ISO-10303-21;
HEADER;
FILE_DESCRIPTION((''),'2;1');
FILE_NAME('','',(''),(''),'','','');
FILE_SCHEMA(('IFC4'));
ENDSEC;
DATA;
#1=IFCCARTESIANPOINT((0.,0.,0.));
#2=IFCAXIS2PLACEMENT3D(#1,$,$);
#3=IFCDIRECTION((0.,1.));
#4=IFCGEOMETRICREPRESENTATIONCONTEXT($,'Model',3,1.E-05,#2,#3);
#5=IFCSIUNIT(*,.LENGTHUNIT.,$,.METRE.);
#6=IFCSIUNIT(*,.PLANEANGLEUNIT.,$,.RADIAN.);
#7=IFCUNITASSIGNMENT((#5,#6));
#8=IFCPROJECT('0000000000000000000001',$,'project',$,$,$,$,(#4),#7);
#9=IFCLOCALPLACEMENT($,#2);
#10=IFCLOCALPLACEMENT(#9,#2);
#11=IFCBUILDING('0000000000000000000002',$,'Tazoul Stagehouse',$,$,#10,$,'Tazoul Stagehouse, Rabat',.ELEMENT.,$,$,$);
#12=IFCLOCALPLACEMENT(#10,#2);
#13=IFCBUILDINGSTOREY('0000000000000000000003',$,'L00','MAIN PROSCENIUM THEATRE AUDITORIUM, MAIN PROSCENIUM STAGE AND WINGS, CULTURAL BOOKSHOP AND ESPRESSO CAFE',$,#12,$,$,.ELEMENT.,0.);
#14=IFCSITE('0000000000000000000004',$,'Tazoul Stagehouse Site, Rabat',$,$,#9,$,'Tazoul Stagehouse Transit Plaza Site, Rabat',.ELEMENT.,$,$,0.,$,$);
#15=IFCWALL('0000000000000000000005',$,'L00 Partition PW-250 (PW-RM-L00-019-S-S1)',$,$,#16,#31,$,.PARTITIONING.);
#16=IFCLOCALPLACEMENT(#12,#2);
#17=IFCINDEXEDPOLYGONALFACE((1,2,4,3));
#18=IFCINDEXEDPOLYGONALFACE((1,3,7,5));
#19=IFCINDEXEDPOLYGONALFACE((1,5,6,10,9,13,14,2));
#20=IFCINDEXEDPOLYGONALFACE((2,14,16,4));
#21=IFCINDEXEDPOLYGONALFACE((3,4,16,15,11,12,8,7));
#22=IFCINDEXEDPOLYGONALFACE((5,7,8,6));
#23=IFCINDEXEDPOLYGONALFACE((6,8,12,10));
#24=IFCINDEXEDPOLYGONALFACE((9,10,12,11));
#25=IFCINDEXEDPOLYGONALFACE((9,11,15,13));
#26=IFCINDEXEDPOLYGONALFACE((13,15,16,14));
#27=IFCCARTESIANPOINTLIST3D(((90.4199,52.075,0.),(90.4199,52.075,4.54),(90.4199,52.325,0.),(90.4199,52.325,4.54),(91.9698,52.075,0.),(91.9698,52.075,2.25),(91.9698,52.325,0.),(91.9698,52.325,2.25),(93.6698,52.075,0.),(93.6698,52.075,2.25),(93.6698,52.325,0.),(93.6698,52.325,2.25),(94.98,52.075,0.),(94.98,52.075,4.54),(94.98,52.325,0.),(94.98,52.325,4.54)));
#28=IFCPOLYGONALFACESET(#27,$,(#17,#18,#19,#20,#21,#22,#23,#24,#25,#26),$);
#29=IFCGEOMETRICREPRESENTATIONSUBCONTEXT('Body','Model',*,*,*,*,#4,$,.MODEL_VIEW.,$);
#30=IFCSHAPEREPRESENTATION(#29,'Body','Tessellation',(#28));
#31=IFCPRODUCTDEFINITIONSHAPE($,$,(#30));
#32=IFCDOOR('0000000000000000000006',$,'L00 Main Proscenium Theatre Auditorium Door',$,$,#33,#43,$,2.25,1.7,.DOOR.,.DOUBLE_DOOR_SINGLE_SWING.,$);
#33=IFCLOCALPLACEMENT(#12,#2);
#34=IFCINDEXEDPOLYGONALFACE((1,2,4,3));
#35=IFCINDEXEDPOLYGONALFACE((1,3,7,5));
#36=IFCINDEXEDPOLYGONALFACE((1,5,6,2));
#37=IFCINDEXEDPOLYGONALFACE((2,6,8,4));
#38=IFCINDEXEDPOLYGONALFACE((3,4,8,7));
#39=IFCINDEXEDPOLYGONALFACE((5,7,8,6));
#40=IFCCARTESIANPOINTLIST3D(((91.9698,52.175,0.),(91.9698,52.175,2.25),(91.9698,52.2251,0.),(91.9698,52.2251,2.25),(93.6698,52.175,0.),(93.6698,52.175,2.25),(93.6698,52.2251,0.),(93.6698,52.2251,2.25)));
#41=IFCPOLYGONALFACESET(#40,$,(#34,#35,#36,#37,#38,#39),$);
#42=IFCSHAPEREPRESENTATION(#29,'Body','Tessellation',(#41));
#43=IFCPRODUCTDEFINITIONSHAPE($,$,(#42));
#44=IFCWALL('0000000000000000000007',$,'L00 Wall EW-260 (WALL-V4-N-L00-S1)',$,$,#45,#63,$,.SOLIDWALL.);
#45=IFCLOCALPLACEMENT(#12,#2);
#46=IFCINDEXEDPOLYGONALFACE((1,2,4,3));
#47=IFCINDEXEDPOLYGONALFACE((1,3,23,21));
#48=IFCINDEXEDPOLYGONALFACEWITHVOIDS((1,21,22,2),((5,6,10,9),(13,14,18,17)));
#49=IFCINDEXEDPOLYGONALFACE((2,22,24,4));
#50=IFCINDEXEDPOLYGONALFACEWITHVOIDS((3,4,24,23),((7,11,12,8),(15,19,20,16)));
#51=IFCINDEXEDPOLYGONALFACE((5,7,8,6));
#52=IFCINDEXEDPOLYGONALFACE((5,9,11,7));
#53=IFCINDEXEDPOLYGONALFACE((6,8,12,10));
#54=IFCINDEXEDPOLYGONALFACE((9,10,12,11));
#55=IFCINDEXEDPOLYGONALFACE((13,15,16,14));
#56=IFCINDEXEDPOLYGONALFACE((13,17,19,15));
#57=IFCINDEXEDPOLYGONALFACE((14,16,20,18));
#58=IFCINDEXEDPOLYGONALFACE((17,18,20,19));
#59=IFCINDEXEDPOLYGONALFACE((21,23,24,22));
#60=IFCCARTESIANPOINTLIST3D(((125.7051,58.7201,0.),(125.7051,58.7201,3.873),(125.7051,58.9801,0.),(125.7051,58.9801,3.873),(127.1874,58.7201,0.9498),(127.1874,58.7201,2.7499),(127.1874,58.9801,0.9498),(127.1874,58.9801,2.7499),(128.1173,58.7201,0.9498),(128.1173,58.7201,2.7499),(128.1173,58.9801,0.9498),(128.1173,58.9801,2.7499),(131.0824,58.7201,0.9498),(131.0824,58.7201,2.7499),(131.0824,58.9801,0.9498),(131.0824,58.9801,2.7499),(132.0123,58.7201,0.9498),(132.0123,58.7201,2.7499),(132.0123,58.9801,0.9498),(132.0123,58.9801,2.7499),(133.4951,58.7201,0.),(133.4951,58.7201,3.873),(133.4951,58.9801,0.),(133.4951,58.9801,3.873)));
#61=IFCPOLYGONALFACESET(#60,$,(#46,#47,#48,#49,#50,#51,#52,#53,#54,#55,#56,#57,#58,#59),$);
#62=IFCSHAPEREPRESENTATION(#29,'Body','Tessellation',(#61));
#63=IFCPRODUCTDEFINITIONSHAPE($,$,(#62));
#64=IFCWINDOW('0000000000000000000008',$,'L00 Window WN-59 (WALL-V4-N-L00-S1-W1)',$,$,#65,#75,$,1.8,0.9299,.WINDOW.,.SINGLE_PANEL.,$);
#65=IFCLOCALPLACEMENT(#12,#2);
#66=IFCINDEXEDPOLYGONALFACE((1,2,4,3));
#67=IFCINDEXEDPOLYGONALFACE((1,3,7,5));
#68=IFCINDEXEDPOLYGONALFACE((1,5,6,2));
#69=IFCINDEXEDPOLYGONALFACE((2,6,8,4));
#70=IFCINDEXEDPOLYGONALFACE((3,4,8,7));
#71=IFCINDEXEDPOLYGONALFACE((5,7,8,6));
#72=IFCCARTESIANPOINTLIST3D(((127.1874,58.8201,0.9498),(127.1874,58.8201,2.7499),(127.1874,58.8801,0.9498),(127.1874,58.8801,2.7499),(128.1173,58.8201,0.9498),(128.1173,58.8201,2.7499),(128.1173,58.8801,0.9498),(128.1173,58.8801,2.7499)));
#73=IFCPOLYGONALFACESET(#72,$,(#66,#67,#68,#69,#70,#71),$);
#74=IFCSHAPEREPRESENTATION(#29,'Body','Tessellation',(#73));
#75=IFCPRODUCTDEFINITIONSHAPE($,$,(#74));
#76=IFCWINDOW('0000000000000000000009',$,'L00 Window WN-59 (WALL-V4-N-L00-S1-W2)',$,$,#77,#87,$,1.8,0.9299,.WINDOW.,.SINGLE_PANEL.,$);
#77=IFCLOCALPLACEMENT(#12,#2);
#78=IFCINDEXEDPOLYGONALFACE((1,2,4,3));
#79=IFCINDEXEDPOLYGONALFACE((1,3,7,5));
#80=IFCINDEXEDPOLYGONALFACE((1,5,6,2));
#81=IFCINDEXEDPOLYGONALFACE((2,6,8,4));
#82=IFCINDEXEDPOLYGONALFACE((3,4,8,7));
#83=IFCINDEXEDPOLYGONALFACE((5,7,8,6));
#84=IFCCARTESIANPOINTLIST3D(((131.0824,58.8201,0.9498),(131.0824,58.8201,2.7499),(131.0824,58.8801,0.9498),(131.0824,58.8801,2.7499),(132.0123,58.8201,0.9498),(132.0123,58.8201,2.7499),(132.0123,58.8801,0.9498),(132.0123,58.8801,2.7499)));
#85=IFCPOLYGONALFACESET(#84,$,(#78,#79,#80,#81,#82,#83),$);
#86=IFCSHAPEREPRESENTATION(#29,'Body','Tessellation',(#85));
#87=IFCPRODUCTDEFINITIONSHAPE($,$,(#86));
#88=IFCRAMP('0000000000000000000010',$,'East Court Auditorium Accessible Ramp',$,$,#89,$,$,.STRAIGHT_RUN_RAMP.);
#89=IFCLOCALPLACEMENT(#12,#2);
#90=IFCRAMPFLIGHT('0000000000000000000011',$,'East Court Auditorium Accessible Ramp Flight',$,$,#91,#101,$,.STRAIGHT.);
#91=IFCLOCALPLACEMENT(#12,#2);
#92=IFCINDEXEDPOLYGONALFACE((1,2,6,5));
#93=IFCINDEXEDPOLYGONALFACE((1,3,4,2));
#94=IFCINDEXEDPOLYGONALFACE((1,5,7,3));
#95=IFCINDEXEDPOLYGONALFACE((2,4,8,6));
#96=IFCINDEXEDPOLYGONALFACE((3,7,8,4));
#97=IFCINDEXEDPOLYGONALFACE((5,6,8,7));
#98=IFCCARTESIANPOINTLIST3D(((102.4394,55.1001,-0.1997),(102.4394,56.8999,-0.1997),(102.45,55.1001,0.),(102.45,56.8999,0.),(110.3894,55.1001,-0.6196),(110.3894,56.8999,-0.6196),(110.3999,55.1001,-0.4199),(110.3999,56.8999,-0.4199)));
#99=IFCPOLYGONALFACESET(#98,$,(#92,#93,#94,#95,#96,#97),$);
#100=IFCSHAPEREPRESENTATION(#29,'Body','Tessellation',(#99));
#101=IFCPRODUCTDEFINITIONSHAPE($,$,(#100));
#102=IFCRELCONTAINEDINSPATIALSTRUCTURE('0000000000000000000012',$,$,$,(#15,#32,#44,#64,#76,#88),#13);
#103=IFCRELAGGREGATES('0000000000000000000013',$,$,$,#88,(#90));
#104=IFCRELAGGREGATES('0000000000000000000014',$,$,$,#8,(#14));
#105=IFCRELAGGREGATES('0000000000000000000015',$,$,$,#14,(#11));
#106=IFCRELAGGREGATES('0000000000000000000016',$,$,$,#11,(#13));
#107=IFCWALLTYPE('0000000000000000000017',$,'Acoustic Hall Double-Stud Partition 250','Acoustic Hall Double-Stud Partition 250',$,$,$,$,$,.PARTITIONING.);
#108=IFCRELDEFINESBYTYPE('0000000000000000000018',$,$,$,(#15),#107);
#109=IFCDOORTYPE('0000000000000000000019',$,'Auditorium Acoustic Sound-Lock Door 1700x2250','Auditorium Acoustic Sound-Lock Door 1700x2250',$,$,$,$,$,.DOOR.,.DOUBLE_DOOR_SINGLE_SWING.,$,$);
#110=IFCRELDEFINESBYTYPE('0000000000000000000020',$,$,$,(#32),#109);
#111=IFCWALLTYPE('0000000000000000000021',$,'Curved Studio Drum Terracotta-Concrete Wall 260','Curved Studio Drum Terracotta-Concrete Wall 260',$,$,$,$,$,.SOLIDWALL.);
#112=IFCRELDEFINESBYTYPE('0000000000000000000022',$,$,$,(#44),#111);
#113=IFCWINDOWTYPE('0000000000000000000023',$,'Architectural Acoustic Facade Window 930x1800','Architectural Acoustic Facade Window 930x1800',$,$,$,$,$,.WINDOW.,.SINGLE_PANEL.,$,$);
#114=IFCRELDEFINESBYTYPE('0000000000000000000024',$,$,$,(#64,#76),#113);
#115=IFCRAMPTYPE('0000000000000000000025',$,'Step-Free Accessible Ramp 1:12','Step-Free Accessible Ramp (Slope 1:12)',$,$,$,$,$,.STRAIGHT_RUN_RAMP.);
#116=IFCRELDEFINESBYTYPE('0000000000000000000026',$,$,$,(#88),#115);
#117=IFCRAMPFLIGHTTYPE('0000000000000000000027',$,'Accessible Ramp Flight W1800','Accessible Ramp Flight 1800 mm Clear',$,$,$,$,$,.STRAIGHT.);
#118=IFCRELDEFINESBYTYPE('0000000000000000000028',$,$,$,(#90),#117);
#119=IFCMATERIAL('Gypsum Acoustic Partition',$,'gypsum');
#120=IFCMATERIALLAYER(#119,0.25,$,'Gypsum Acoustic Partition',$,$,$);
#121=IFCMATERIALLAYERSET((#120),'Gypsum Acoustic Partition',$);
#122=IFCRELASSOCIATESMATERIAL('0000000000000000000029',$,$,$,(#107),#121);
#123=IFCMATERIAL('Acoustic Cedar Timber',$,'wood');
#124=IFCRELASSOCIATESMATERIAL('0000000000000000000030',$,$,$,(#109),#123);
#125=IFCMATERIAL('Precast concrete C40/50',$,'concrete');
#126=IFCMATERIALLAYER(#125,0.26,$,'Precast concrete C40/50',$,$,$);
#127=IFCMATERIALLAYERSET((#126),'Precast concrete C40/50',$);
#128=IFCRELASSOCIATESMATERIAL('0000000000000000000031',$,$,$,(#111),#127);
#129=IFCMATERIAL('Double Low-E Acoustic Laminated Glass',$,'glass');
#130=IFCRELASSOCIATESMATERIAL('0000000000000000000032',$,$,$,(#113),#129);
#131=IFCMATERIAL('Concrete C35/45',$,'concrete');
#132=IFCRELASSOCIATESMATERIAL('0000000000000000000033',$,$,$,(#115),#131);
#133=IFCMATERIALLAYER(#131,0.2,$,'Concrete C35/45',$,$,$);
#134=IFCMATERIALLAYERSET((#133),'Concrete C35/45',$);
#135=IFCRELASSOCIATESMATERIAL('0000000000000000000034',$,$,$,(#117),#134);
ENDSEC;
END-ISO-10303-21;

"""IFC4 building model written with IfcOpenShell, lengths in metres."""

from ifc_helpers import new_model, si_unit, direction, frame, frame_2d, origin, place, context, subcontext, project, spatial, polyline, rectangle, outline, extrude, material, layer, layer_set, type_object, element, fill, aggregate, save


model = new_model("IFC4")

# Units and contexts
model_context = context("Model", 3, precision=1e-05, world=origin(), true_north=direction((0.0, 1.0)))
body_context = subcontext(model_context, "Body", "Model", "MODEL_VIEW")
ifc_project = project(units=[si_unit("LENGTHUNIT", "METRE"), si_unit("PLANEANGLEUNIT", "RADIAN")], contexts=[model_context])

# Site, building, storey
site_placement = place(None, origin())
site = spatial("IfcSite", under=ifc_project, at=site_placement, Name="Tazoul Stagehouse Site, Rabat", LongName="Tazoul Stagehouse Transit Plaza Site, Rabat", CompositionType="ELEMENT", RefElevation=0.0)
building_placement = place(site_placement, origin())
building = spatial("IfcBuilding", under=site, at=building_placement, Name="Tazoul Stagehouse", LongName="Tazoul Stagehouse, Rabat", CompositionType="ELEMENT")
storey_placement = place(building_placement, origin())
storey = spatial("IfcBuildingStorey", under=building, at=storey_placement, Name="L00", Description="MAIN PROSCENIUM THEATRE AUDITORIUM, MAIN PROSCENIUM STAGE AND WINGS, CULTURAL BOOKSHOP AND ESPRESSO CAFE", CompositionType="ELEMENT", Elevation=0.0)

# Wall, opening, door
ifc_material_1 = material(Name="Gypsum Acoustic Partition", Category="gypsum")
ifc_layer_1 = layer(ifc_material_1, 0.25, Name="Gypsum Acoustic Partition")
ifc_layer_set_1 = layer_set([ifc_layer_1], Name="Gypsum Acoustic Partition")
wall_type_1 = type_object("IfcWallType", Name="Acoustic Hall Double-Stud Partition 250", Description="Acoustic Hall Double-Stud Partition 250", PredefinedType="PARTITIONING", material=ifc_layer_set_1)
wall_1_placement = place(storey_placement, frame((94.98, 52.2, 0.0), z_axis=(0.0, 0.0, 1.0), x_axis=(-1.0, 0.0, 0.0)))
wall_1 = element("IfcWall", 1, at=wall_1_placement, inside=storey, type_object=wall_type_1, Name="L00 Partition PW-250 (PW-RM-L00-019-S-S1)", PredefinedType="PARTITIONING", context=body_context, shape_type="SweptSolid", body=[
    extrude(rectangle(XDim=4.5601, YDim=0.25, at=frame_2d((2.28, 0.0))), origin(), (0.0, 0.0, 1.0), 4.54),
])
opening_1_placement = place(wall_1_placement, frame((1.3101, 0.0, 0.0)))
opening_1 = element("IfcOpeningElement", 2, at=opening_1_placement, cuts=wall_1, PredefinedType="OPENING", context=body_context, shape_type="SweptSolid", body=[
    extrude(rectangle(XDim=1.7, YDim=2.25, at=frame_2d((0.8501, 1.125))), frame((0.0, 0.145, 0.0), z_axis=(0.0, -1.0, 0.0), x_axis=(1.0, 0.0, 0.0)), (0.0, 0.0, 1.0), 0.29),
])
ifc_material_2 = material(Name="Acoustic Cedar Timber", Category="wood")
door_type = type_object("IfcDoorType", Name="Auditorium Acoustic Sound-Lock Door 1700x2250", Description="Auditorium Acoustic Sound-Lock Door 1700x2250", OperationType="DOUBLE_DOOR_SINGLE_SWING", PredefinedType="DOOR", material=ifc_material_2)
door_placement = place(opening_1_placement, origin())
door = element("IfcDoor", 3, at=door_placement, inside=storey, type_object=door_type, Name="L00 Main Proscenium Theatre Auditorium Door", OperationType="DOUBLE_DOOR_SINGLE_SWING", OverallHeight=2.25, OverallWidth=1.7, PredefinedType="DOOR", context=body_context, shape_type="SweptSolid", body=[
    extrude(rectangle(XDim=1.7, YDim=2.25, at=frame_2d((0.8501, 1.125))), frame((0.0, 0.0249, 0.0), z_axis=(0.0, -1.0, 0.0), x_axis=(1.0, 0.0, 0.0)), (0.0, 0.0, 1.0), 0.05),
])
fill(opening_1, door)

# Wall, openings, windows
ifc_material_3 = material(Name="Precast concrete C40/50", Category="concrete")
ifc_layer_2 = layer(ifc_material_3, 0.26, Name="Precast concrete C40/50")
ifc_layer_set_2 = layer_set([ifc_layer_2], Name="Precast concrete C40/50")
wall_type_2 = type_object("IfcWallType", Name="Curved Studio Drum Terracotta-Concrete Wall 260", Description="Curved Studio Drum Terracotta-Concrete Wall 260", PredefinedType="SOLIDWALL", material=ifc_layer_set_2)
wall_2_placement = place(storey_placement, frame((125.7051, 58.8501, 0.0), z_axis=(0.0, 0.0, 1.0), x_axis=(1.0, 0.0, 0.0)))
wall_2 = element("IfcWall", 4, at=wall_2_placement, inside=storey, type_object=wall_type_2, Name="L00 Wall EW-260 (WALL-V4-N-L00-S1)", PredefinedType="SOLIDWALL", context=body_context, shape_type="SweptSolid", body=[
    extrude(rectangle(XDim=7.79, YDim=0.26, at=frame_2d((3.895, 0.0))), origin(), (0.0, 0.0, 1.0), 3.873),
])
opening_2_placement = place(wall_2_placement, frame((1.4824, 0.0, 0.95)))
opening_2 = element("IfcOpeningElement", 5, at=opening_2_placement, cuts=wall_2, PredefinedType="OPENING", context=body_context, shape_type="SweptSolid", body=[
    extrude(rectangle(XDim=0.9299, YDim=1.8, at=frame_2d((0.4648, 0.8999))), frame((0.0, 0.1499, 0.0), z_axis=(0.0, -1.0, 0.0), x_axis=(1.0, 0.0, 0.0)), (0.0, 0.0, 1.0), 0.3),
])
opening_3_placement = place(wall_2_placement, frame((5.3774, 0.0, 0.95)))
opening_3 = element("IfcOpeningElement", 6, at=opening_3_placement, cuts=wall_2, PredefinedType="OPENING", context=body_context, shape_type="SweptSolid", body=[
    extrude(rectangle(XDim=0.9299, YDim=1.8, at=frame_2d((0.4648, 0.8999))), frame((0.0, 0.1499, 0.0), z_axis=(0.0, -1.0, 0.0), x_axis=(1.0, 0.0, 0.0)), (0.0, 0.0, 1.0), 0.3),
])
ifc_material_4 = material(Name="Double Low-E Acoustic Laminated Glass", Category="glass")
window_type = type_object("IfcWindowType", Name="Architectural Acoustic Facade Window 930x1800", Description="Architectural Acoustic Facade Window 930x1800", PartitioningType="SINGLE_PANEL", PredefinedType="WINDOW", material=ifc_material_4)
window_1_placement = place(opening_2_placement, origin())
window_1 = element("IfcWindow", 7, at=window_1_placement, inside=storey, type_object=window_type, Name="L00 Window WN-59 (WALL-V4-N-L00-S1-W1)", OverallHeight=1.8, OverallWidth=0.9299, PartitioningType="SINGLE_PANEL", PredefinedType="WINDOW", context=body_context, shape_type="SweptSolid", body=[
    extrude(rectangle(XDim=0.9299, YDim=1.8, at=frame_2d((0.4648, 0.8999))), frame((0.0, 0.03, 0.0), z_axis=(0.0, -1.0, 0.0), x_axis=(1.0, 0.0, 0.0)), (0.0, 0.0, 1.0), 0.0601),
])
fill(opening_2, window_1)
window_2_placement = place(opening_3_placement, origin())
window_2 = element("IfcWindow", 8, at=window_2_placement, inside=storey, type_object=window_type, Name="L00 Window WN-59 (WALL-V4-N-L00-S1-W2)", OverallHeight=1.8, OverallWidth=0.9299, PartitioningType="SINGLE_PANEL", PredefinedType="WINDOW", context=body_context, shape_type="SweptSolid", body=[
    extrude(rectangle(XDim=0.9299, YDim=1.8, at=frame_2d((0.4648, 0.8999))), frame((0.0, 0.03, 0.0), z_axis=(0.0, -1.0, 0.0), x_axis=(1.0, 0.0, 0.0)), (0.0, 0.0, 1.0), 0.0601),
])
fill(opening_3, window_2)

# Ramp, ramp flight
ifc_material_5 = material(Name="Concrete C35/45", Category="concrete")
ramp_type = type_object("IfcRampType", Name="Step-Free Accessible Ramp 1:12", Description="Step-Free Accessible Ramp (Slope 1:12)", PredefinedType="STRAIGHT_RUN_RAMP", material=ifc_material_5)
ramp_placement = place(storey_placement, origin())
ramp = element("IfcRamp", 9, at=ramp_placement, inside=storey, type_object=ramp_type, Name="East Court Auditorium Accessible Ramp", PredefinedType="STRAIGHT_RUN_RAMP")
ifc_layer_3 = layer(ifc_material_5, 0.2, Name="Concrete C35/45")
ifc_layer_set_3 = layer_set([ifc_layer_3], Name="Concrete C35/45")
ramp_flight_type = type_object("IfcRampFlightType", Name="Accessible Ramp Flight W1800", Description="Accessible Ramp Flight 1800 mm Clear", PredefinedType="STRAIGHT", material=ifc_layer_set_3)
ramp_flight_placement = place(storey_placement, frame((110.3999, 56.8999, -0.4199), z_axis=(0.052747, 0.0, 0.998608), x_axis=(0.0, -1.0, 0.0)))
ramp_flight = element("IfcRampFlight", 10, at=ramp_flight_placement, type_object=ramp_flight_type, Name="East Court Auditorium Accessible Ramp Flight", PredefinedType="STRAIGHT", context=body_context, shape_type="SweptSolid", body=[
    extrude(outline(polyline([(0.0, 0.0), (1.7998, 0.0), (1.7998, -7.961), (0.0, -7.961), (0.0, 0.0)])), origin(), (0.0, 0.0, -1.0), 0.2),
])
aggregate(ramp, [ramp_flight])

save(model, "model.ifc")
